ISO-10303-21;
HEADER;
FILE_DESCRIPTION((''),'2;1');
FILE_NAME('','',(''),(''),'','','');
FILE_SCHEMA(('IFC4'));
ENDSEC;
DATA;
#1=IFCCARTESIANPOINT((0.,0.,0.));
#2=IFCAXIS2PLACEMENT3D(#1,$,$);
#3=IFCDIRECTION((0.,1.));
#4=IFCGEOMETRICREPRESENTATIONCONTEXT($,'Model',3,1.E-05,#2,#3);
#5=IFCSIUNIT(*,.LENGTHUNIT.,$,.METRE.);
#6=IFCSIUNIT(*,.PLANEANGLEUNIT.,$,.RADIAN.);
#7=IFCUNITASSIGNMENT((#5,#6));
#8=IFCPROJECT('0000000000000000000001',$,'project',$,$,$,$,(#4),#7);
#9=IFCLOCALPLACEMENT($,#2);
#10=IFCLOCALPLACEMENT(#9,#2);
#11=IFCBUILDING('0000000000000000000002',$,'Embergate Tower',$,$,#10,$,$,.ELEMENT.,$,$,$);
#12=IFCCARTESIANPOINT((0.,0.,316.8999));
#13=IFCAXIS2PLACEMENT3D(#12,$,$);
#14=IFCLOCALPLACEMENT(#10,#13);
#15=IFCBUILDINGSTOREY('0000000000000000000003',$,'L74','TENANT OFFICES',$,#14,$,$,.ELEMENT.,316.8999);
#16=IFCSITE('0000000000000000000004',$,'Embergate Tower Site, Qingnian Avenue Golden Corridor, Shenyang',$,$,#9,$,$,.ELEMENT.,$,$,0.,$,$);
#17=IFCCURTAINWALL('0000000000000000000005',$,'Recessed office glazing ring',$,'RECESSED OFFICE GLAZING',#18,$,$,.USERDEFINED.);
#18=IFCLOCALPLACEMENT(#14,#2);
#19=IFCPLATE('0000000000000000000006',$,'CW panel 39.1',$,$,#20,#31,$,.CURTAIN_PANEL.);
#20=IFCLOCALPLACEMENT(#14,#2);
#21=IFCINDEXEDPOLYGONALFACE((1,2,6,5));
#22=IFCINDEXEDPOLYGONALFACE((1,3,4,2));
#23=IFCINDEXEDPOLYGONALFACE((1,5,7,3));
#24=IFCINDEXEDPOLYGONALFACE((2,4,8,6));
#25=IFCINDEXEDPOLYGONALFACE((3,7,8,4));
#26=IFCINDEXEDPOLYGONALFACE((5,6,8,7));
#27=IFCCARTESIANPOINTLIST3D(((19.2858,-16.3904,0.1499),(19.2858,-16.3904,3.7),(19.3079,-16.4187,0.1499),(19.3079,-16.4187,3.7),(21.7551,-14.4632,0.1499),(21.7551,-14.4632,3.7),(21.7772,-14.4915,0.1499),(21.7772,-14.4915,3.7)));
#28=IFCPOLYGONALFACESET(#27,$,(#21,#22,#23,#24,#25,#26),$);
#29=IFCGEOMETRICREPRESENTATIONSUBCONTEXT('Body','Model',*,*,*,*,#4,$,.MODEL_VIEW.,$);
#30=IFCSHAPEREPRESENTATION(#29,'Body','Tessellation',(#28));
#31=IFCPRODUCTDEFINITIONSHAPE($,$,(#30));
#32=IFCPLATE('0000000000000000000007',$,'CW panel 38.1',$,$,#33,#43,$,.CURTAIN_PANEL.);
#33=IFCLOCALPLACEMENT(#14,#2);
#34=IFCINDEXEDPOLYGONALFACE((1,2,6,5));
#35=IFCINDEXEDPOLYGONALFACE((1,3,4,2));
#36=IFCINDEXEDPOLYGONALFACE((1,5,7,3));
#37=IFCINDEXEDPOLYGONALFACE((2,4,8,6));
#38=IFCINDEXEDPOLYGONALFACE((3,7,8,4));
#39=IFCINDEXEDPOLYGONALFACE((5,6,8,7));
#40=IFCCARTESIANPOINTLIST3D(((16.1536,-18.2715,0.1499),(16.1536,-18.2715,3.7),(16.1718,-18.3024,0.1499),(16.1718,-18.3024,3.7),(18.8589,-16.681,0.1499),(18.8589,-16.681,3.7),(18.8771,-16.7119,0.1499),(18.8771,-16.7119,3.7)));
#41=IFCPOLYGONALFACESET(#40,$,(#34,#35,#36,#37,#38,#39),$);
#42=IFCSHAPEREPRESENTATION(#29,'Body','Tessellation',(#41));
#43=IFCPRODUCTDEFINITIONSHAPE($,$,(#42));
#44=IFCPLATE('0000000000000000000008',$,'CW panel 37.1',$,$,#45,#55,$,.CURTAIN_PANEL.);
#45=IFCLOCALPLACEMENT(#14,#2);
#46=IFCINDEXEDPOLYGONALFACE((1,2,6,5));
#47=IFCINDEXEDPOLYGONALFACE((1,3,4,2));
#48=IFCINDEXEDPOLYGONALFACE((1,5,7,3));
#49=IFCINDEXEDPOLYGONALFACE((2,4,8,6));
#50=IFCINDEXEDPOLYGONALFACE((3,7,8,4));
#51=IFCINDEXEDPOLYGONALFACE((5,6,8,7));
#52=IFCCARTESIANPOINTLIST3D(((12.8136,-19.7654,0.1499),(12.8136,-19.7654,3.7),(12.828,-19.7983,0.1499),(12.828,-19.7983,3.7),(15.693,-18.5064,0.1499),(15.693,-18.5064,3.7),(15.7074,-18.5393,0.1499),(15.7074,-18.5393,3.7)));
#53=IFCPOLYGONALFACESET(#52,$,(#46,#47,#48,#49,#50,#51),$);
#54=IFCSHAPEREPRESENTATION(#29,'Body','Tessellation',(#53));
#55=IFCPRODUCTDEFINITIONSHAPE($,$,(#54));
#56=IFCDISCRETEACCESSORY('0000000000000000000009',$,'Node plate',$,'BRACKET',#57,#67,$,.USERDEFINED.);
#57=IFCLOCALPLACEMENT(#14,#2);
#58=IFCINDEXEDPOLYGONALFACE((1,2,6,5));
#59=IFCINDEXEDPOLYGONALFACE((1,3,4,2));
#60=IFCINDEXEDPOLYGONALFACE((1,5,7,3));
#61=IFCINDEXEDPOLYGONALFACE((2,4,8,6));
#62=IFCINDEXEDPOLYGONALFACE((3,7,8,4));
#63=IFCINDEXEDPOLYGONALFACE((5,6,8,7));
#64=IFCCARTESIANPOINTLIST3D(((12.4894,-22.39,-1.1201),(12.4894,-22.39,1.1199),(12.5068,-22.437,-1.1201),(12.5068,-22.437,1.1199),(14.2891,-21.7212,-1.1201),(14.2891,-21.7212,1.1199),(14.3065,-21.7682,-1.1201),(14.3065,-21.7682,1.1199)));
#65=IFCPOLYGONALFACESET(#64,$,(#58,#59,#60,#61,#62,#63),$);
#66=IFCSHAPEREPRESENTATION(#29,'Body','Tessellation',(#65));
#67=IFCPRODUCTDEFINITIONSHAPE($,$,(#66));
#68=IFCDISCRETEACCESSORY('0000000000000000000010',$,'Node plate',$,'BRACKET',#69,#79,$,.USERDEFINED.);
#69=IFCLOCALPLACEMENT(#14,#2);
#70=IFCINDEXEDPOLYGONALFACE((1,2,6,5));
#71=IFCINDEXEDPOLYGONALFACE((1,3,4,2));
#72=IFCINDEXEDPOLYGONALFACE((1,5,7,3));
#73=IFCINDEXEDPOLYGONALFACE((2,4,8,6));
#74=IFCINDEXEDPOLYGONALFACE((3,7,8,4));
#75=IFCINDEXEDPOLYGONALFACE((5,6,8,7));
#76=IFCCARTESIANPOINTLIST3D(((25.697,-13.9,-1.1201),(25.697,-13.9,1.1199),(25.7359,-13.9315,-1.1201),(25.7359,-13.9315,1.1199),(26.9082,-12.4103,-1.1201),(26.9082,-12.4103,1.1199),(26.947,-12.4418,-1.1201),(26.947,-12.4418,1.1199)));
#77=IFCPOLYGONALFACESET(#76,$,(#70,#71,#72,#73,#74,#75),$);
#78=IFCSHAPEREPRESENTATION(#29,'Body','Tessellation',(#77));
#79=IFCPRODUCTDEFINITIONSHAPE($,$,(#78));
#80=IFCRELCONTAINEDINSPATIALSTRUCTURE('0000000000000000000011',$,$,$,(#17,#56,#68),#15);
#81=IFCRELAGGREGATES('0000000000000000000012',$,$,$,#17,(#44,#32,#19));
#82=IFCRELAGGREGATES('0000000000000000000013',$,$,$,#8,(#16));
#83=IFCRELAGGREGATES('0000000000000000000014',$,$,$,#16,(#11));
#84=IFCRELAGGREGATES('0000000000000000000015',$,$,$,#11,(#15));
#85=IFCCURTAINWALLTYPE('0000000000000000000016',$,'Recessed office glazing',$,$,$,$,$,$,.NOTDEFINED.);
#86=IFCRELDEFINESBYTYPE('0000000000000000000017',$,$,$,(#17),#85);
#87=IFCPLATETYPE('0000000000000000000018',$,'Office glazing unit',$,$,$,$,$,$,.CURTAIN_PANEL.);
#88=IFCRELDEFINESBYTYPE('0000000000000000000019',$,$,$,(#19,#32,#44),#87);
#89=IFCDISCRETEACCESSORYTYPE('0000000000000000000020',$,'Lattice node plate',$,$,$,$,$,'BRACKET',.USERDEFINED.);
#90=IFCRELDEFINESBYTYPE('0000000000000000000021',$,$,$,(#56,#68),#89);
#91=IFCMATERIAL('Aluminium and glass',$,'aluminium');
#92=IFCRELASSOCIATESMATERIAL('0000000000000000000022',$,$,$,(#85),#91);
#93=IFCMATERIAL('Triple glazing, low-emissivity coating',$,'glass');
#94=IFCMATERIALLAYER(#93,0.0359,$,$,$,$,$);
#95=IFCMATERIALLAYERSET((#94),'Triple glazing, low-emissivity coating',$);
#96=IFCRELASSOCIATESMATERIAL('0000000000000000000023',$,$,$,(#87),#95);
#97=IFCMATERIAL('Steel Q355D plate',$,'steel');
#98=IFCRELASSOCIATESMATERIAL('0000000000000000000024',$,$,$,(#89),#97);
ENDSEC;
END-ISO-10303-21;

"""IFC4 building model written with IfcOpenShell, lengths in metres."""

from ifc_helpers import new_model, si_unit, direction, frame, origin, origin_2d, place, context, subcontext, project, spatial, rectangle, extrude, source, transform, mapped, material, layer, layer_set, type_object, element, aggregate, save


model = new_model("IFC4")

# Units and contexts
model_context = context("Model", 3, precision=1e-05, world=origin(), true_north=direction((0.0, 1.0)))
body_context = subcontext(model_context, "Body", "Model", "MODEL_VIEW")
ifc_project = project(units=[si_unit("LENGTHUNIT", "METRE"), si_unit("PLANEANGLEUNIT", "RADIAN")], contexts=[model_context])

# Site, building, storey
site_placement = place(None, origin())
site = spatial("IfcSite", under=ifc_project, at=site_placement, Name="Embergate Tower Site, Qingnian Avenue Golden Corridor, Shenyang", CompositionType="ELEMENT", RefElevation=0.0)
building_placement = place(site_placement, origin())
building = spatial("IfcBuilding", under=site, at=building_placement, Name="Embergate Tower", CompositionType="ELEMENT")
storey_placement = place(building_placement, frame((0.0, 0.0, 316.8999)))
storey = spatial("IfcBuildingStorey", under=building, at=storey_placement, Name="L74", Description="TENANT OFFICES", CompositionType="ELEMENT", Elevation=316.8999)

# Curtain wall, plates
ifc_material_1 = material(Name="Aluminium and glass", Category="aluminium")
curtain_wall_type = type_object("IfcCurtainWallType", Name="Recessed office glazing", PredefinedType="NOTDEFINED", material=ifc_material_1)
curtain_wall_placement = place(storey_placement, origin())
curtain_wall = element("IfcCurtainWall", 1, at=curtain_wall_placement, inside=storey, type_object=curtain_wall_type, Name="Recessed office glazing ring", ObjectType="RECESSED OFFICE GLAZING", PredefinedType="USERDEFINED")
ifc_material_2 = material(Name="Triple glazing, low-emissivity coating", Category="glass")
ifc_layer = layer(ifc_material_2, 0.0359)
ifc_layer_set = layer_set([ifc_layer], Name="Triple glazing, low-emissivity coating")
plate_type = type_object("IfcPlateType", Name="Office glazing unit", PredefinedType="CURTAIN_PANEL", material=ifc_layer_set)
shared_shape_1 = source(origin(), body_context, "Body", "SweptSolid", [
    extrude(rectangle(XDim=3.1323, YDim=0.0359, at=origin_2d()), origin(), (0.0, 0.0, 1.0), 3.55),
])
plate_1_placement = place(storey_placement, frame((20.5315, -15.4409, 0.1499), z_axis=(0.0, 0.0, 1.0), x_axis=(0.788319, 0.615267, 0.0)))
plate_1 = element("IfcPlate", 2, at=plate_1_placement, type_object=plate_type, Name="CW panel 39.1", PredefinedType="CURTAIN_PANEL", context=body_context, shape_type="MappedRepresentation", body=[
    mapped(shared_shape_1, transform((0.0, 0.0, 0.0))),
])
shared_shape_2 = source(origin(), body_context, "Body", "SweptSolid", [
    extrude(rectangle(XDim=3.1382, YDim=0.0359, at=origin_2d()), origin(), (0.0, 0.0, 1.0), 3.55),
])
plate_2_placement = place(storey_placement, frame((17.5154, -17.4917, 0.1499), z_axis=(0.0, 0.0, 1.0), x_axis=(0.862051, 0.506821, 0.0)))
plate_2 = element("IfcPlate", 3, at=plate_2_placement, type_object=plate_type, Name="CW panel 38.1", PredefinedType="CURTAIN_PANEL", context=body_context, shape_type="MappedRepresentation", body=[
    mapped(shared_shape_2, transform((0.0, 0.0, 0.0))),
])
shared_shape_3 = source(origin(), body_context, "Body", "SweptSolid", [
    extrude(rectangle(XDim=3.1426, YDim=0.0359, at=origin_2d()), origin(), (0.0, 0.0, 1.0), 3.55),
])
plate_3_placement = place(storey_placement, frame((14.2605, -19.1523, 0.1499), z_axis=(0.0, 0.0, 1.0), x_axis=(0.916235, 0.400642, 0.0)))
plate_3 = element("IfcPlate", 4, at=plate_3_placement, type_object=plate_type, Name="CW panel 37.1", PredefinedType="CURTAIN_PANEL", context=body_context, shape_type="MappedRepresentation", body=[
    mapped(shared_shape_3, transform((0.0, 0.0, 0.0))),
])
aggregate(curtain_wall, [plate_3, plate_2, plate_1])

# Discrete accessories
ifc_material_3 = material(Name="Steel Q355D plate", Category="steel")
discrete_accessory_type = type_object("IfcDiscreteAccessoryType", Name="Lattice node plate", ElementType="BRACKET", PredefinedType="USERDEFINED", material=ifc_material_3)
shared_shape_4 = source(origin(), body_context, "Body", "SweptSolid", [
    extrude(rectangle(XDim=1.9199, YDim=0.05, at=origin_2d()), origin(), (0.0, 0.0, 1.0), 2.24),
])
for number, where, z_axis, x_axis, name in (
    (5, (13.3979, -22.0791, -1.1201), (0.0, 0.0, 1.0), (0.937367, 0.348343, 0.0), "Node plate"),
    (6, (26.322, -13.1709, -1.1201), (0.0, 0.0, 1.0), (0.630825, 0.775925, 0.0), "Node plate"),
):
    element("IfcDiscreteAccessory", number, at=place(storey_placement, frame(where, z_axis=z_axis, x_axis=x_axis)), inside=storey, type_object=discrete_accessory_type, Name=name, ObjectType="BRACKET", PredefinedType="USERDEFINED", context=body_context, shape_type="MappedRepresentation", body=[
        mapped(shared_shape_4, transform((0.0, 0.0, 0.0))),
    ])

save(model, "model.ifc")
